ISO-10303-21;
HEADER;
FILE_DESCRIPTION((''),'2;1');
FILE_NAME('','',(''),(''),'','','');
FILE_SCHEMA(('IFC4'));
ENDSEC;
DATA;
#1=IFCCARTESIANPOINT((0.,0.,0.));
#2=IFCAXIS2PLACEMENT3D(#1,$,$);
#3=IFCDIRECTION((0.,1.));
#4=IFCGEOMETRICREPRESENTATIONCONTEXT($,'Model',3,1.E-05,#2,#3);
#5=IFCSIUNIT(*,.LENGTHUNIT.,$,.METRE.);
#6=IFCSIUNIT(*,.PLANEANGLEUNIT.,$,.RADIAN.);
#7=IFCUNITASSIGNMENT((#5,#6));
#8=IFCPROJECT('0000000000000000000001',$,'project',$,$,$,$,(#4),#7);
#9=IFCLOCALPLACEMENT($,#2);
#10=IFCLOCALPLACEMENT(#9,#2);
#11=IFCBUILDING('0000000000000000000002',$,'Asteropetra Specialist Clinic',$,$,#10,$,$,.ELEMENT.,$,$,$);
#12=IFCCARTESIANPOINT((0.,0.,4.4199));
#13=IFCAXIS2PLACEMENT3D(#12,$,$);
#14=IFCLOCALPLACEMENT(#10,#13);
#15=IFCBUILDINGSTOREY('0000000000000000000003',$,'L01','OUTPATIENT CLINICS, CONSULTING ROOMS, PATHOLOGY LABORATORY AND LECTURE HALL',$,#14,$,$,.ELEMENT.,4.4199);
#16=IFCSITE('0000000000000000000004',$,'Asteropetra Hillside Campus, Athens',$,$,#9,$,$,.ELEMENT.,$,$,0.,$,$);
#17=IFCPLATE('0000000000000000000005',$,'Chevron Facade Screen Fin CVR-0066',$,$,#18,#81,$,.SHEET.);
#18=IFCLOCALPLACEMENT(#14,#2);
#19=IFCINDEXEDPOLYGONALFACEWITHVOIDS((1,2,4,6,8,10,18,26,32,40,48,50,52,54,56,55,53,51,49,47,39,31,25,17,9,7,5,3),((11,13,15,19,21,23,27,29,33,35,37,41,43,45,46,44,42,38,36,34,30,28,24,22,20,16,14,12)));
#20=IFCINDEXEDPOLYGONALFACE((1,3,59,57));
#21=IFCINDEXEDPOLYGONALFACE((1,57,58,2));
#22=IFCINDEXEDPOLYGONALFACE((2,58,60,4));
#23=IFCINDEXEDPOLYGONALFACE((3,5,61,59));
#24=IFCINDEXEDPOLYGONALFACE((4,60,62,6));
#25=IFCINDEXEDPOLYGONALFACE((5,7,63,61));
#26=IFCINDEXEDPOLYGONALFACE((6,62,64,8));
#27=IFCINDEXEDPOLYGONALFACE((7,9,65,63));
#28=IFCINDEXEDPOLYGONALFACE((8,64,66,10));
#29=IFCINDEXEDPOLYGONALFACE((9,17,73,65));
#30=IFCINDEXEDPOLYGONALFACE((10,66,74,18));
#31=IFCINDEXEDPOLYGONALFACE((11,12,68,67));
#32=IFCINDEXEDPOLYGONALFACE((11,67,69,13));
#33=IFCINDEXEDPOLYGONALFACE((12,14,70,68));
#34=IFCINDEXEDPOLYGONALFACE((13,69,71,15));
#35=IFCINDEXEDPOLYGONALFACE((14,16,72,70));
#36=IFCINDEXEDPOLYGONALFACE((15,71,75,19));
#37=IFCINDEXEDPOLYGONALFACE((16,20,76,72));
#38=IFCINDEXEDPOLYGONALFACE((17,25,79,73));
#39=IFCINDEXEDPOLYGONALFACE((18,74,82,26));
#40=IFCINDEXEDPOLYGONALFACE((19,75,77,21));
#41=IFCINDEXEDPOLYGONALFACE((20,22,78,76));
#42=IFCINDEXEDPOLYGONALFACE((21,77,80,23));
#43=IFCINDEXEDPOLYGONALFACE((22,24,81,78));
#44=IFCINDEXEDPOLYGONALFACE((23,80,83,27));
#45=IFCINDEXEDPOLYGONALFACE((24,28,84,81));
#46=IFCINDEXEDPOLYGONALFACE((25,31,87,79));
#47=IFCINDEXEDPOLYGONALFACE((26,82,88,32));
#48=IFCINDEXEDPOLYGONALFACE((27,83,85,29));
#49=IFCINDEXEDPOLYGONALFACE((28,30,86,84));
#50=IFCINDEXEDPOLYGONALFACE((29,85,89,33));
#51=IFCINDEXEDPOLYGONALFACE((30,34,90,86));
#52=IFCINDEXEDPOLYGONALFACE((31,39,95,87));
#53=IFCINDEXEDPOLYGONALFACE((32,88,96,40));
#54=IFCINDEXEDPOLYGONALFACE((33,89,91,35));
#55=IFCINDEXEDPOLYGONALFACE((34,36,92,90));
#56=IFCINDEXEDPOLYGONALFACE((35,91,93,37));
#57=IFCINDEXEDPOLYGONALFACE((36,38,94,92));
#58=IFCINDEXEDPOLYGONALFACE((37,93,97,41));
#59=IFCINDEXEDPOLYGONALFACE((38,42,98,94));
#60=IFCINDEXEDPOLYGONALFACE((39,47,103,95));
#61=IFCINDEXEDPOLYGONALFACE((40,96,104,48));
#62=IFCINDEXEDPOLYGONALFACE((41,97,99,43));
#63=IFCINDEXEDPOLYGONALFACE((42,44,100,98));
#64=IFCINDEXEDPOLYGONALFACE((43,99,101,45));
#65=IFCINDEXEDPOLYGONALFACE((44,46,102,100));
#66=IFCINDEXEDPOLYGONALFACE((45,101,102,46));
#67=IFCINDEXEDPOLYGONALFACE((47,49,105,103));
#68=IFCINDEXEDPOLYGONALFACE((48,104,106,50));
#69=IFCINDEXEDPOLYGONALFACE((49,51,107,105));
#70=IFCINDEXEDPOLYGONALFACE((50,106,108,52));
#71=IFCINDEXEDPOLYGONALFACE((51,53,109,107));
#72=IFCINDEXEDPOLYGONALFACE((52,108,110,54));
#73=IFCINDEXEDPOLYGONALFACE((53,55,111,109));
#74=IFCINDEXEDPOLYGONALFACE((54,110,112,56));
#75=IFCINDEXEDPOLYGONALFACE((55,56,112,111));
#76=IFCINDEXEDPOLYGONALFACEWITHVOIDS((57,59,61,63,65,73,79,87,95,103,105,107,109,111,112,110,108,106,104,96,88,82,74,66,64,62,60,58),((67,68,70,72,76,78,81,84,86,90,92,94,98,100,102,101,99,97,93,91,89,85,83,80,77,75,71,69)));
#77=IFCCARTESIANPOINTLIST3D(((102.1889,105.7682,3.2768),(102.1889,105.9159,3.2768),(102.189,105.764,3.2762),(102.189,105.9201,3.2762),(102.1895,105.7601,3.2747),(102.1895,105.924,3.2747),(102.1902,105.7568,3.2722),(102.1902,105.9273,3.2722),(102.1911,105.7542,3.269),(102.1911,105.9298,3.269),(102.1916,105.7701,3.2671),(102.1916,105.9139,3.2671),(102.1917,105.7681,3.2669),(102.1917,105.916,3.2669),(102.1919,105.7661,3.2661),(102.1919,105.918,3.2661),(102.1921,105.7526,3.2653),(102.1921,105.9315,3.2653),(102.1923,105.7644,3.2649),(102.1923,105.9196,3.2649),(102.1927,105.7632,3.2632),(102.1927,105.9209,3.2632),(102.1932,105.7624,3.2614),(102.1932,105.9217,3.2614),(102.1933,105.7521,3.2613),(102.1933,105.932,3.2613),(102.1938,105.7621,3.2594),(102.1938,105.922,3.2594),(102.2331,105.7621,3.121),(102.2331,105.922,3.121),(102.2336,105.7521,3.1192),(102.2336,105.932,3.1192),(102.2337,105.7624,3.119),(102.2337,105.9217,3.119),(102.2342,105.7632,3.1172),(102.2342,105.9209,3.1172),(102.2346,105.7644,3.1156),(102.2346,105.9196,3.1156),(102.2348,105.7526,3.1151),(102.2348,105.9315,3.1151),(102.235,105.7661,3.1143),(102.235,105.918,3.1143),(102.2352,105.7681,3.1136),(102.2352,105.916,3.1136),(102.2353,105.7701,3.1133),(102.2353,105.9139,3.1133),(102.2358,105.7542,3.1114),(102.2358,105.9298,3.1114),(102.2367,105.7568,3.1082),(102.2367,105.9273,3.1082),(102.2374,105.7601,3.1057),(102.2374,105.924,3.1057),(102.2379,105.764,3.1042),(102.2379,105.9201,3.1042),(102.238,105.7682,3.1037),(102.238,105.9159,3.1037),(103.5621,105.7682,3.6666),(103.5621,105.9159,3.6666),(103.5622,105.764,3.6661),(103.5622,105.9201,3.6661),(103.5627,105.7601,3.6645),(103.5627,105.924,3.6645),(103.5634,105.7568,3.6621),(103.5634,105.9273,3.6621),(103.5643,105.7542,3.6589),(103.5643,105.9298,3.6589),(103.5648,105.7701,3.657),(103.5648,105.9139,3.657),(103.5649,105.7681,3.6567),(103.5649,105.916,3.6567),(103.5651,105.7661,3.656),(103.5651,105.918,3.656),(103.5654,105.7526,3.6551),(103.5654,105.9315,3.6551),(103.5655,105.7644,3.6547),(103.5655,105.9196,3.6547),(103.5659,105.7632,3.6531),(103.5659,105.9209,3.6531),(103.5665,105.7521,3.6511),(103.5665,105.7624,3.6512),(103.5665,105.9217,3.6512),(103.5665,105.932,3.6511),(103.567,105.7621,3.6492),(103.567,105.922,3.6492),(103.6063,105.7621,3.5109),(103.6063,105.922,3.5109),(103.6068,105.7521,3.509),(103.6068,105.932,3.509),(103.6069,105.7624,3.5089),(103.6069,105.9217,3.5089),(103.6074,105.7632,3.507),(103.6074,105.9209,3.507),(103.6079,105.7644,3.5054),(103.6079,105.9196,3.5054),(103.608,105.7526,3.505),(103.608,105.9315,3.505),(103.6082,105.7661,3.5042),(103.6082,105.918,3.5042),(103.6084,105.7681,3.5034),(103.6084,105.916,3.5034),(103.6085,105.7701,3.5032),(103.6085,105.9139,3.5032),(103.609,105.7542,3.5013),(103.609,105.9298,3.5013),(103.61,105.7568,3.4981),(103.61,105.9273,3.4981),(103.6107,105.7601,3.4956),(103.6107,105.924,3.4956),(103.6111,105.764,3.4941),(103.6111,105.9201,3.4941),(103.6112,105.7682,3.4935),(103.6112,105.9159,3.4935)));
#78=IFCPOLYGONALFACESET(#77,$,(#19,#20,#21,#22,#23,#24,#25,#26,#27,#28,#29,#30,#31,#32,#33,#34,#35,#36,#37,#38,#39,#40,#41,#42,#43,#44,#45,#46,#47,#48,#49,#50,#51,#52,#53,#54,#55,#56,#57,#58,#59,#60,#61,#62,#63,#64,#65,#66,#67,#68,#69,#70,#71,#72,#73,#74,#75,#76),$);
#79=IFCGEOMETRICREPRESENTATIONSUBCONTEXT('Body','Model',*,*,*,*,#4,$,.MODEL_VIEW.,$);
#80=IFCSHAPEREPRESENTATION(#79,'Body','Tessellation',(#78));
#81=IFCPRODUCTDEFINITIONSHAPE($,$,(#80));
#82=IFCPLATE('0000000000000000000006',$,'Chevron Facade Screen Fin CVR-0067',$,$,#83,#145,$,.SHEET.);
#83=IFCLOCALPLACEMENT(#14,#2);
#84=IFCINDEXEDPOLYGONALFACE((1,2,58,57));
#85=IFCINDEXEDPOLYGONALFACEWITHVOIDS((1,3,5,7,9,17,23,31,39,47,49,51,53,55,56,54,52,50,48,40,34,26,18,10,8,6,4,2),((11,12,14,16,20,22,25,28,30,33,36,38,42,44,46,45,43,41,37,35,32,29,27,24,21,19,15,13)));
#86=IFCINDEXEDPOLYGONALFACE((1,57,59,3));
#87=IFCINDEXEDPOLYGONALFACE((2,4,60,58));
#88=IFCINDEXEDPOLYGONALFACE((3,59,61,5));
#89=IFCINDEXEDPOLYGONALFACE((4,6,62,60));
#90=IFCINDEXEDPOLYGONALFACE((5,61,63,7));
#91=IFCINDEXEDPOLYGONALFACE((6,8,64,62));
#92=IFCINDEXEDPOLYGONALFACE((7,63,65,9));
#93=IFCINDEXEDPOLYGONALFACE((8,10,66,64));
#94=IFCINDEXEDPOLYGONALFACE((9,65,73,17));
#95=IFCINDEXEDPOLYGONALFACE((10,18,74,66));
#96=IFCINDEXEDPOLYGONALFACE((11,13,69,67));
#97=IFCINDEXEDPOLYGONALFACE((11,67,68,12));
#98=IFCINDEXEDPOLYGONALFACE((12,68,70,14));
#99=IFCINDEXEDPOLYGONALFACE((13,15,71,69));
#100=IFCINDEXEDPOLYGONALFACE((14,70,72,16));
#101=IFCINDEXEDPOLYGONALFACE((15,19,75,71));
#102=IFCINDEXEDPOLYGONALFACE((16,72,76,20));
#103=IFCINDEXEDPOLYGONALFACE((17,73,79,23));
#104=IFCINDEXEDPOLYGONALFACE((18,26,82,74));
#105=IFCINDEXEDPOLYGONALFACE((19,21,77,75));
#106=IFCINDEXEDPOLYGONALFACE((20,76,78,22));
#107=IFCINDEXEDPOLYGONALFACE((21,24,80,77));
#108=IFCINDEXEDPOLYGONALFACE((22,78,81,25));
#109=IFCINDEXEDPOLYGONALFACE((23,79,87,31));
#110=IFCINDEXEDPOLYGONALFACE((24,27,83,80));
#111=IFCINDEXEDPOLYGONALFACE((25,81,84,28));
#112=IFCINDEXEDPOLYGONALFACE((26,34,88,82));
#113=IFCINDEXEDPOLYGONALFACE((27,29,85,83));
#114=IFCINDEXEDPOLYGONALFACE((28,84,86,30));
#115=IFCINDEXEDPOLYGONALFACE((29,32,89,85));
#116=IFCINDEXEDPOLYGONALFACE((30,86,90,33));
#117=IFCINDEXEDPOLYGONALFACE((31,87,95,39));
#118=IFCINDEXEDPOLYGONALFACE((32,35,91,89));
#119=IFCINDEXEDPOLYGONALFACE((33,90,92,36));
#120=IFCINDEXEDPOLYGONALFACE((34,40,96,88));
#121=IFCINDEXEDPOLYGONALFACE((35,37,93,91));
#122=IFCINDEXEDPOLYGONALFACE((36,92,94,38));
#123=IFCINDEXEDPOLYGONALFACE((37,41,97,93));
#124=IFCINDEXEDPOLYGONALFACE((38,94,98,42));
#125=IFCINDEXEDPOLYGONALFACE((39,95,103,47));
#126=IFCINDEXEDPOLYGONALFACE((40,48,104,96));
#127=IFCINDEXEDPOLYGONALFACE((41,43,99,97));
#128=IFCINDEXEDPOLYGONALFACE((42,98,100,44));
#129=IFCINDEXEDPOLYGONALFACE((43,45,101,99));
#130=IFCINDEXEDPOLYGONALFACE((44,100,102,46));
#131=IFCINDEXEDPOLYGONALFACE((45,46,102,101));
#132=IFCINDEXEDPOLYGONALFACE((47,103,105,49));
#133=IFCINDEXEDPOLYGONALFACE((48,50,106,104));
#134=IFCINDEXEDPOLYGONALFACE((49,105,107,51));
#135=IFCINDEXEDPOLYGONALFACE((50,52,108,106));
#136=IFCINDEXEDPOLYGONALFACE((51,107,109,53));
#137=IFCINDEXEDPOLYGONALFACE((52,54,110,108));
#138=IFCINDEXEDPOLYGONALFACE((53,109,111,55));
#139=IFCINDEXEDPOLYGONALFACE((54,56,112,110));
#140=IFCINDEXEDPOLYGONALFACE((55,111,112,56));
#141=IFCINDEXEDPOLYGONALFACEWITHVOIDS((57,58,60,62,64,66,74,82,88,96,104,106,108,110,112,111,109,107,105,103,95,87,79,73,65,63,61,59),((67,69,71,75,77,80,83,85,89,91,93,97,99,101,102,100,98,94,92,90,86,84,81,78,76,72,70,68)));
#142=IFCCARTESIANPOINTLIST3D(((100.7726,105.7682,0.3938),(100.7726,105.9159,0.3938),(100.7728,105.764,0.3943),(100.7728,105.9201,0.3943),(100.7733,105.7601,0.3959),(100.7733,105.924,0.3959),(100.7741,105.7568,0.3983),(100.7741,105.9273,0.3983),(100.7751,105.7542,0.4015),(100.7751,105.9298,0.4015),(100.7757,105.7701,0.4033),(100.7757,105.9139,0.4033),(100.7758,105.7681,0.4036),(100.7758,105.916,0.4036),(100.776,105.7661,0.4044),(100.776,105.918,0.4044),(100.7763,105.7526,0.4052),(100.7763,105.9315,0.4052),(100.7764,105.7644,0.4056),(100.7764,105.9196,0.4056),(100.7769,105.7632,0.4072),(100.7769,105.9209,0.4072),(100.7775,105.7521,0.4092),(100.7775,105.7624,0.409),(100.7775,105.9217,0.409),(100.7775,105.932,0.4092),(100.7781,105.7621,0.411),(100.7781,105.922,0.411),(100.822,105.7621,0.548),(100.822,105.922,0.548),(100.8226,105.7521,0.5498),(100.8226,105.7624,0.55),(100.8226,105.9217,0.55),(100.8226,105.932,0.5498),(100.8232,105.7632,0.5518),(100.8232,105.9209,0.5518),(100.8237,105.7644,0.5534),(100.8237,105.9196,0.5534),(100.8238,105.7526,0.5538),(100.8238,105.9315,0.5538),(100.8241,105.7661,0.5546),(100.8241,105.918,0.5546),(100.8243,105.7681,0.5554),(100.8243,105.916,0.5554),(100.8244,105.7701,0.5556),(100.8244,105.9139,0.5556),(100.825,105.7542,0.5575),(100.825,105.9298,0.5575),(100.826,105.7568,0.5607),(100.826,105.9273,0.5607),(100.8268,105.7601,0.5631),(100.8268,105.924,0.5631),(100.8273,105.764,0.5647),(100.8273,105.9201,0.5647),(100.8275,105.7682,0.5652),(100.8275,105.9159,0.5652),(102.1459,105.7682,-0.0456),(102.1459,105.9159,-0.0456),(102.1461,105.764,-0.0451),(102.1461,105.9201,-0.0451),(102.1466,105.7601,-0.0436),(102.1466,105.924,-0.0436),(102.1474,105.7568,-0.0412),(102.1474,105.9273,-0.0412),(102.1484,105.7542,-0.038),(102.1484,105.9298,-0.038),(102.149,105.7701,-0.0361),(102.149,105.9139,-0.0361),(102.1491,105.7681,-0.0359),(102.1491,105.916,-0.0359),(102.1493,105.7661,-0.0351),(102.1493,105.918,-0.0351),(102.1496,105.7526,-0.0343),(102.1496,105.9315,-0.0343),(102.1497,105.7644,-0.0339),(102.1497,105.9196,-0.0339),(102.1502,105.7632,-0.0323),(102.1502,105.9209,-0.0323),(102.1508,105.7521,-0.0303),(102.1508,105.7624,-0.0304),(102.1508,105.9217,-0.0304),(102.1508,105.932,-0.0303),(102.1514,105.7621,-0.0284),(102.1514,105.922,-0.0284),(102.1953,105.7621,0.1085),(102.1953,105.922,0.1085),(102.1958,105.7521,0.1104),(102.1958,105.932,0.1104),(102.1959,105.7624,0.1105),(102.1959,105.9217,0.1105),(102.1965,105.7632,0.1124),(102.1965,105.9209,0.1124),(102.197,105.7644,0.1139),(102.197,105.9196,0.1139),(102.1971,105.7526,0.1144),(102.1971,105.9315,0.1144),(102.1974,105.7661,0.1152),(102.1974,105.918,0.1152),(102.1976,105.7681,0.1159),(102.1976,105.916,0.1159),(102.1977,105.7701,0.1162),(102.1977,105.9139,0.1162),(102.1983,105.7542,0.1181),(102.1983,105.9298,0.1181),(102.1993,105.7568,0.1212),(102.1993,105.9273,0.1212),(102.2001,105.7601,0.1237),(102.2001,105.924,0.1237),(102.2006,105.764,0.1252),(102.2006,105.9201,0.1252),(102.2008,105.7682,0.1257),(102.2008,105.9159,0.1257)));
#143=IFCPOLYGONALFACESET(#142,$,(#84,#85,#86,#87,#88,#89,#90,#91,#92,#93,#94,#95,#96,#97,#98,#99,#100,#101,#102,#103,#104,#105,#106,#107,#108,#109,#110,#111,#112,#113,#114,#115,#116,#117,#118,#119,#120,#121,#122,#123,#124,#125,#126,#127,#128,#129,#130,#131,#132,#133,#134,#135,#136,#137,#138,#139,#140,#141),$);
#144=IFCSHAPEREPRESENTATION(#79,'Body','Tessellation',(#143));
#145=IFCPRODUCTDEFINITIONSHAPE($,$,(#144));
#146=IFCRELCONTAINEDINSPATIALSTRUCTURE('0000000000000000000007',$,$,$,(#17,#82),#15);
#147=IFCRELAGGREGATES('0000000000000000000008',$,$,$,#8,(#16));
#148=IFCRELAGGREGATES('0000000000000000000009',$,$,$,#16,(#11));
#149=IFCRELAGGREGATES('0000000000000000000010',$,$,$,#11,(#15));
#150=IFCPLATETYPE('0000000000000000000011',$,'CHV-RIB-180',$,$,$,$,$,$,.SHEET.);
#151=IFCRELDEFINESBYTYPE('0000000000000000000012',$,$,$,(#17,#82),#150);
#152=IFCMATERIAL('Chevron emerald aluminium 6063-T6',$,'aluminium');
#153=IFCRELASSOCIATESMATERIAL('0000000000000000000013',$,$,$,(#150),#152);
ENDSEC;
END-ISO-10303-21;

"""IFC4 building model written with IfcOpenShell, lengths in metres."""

from ifc_helpers import new_model, si_unit, direction, frame, origin, origin_2d, place, context, subcontext, project, spatial, hollow_rectangle, extrude, material, material_profile, profile_set, type_object, element, save


model = new_model("IFC4")

# Units and contexts
model_context = context("Model", 3, precision=1e-05, world=origin(), true_north=direction((0.0, 1.0)))
body_context = subcontext(model_context, "Body", "Model", "MODEL_VIEW")
ifc_project = project(units=[si_unit("LENGTHUNIT", "METRE"), si_unit("PLANEANGLEUNIT", "RADIAN")], contexts=[model_context])

# Site, building, storey
site_placement = place(None, origin())
site = spatial("IfcSite", under=ifc_project, at=site_placement, Name="Asteropetra Hillside Campus, Athens", CompositionType="ELEMENT", RefElevation=0.0)
building_placement = place(site_placement, origin())
building = spatial("IfcBuilding", under=site, at=building_placement, Name="Asteropetra Specialist Clinic", CompositionType="ELEMENT")
storey_placement = place(building_placement, frame((0.0, 0.0, 4.4199)))
storey = spatial("IfcBuildingStorey", under=building, at=storey_placement, Name="L01", Description="OUTPATIENT CLINICS, CONSULTING ROOMS, PATHOLOGY LABORATORY AND LECTURE HALL", CompositionType="ELEMENT", Elevation=4.4199)

# Plates
ifc_material_1 = material(Name="Chevron emerald aluminium 6063-T6", Category="aluminium")
ifc_material_profile_1 = material_profile(ifc_material_1, hollow_rectangle(XDim=0.1799, YDim=0.1799, WallThickness=0.01, InnerFilletRadius=0.0081, OuterFilletRadius=0.0161, at=origin_2d()), Name="SHS 180x180x10.0")
ifc_profile_set_1 = profile_set([ifc_material_profile_1], Name="Chevron emerald aluminium 6063-T6")
plate_type = type_object("IfcPlateType", Name="CHV-RIB-180", PredefinedType="SHEET", material=ifc_profile_set_1)
plate_1_placement = place(storey_placement, frame((103.5867, 105.842, 3.5801), z_axis=(-0.961981, 0.0, -0.273117), x_axis=(0.0, -1.0, 0.0)))
element("IfcPlate", 1, at=plate_1_placement, inside=storey, type_object=plate_type, Name="Chevron Facade Screen Fin CVR-0066", PredefinedType="SHEET", context=body_context, shape_type="SweptSolid", body=[
    extrude(hollow_rectangle(XDim=0.1799, YDim=0.1799, WallThickness=0.01, InnerFilletRadius=0.0081, OuterFilletRadius=0.0161, at=origin_2d()), origin(), (0.0, 0.0, 1.0), 1.4275),
])
for number, where, z_axis, x_axis, name in (
    (2, (102.1733, 105.842, 0.04), (-0.952424, 0.0, 0.304776), (0.0, -1.0, 0.0), "Chevron Facade Screen Fin CVR-0067"),
):
    element("IfcPlate", number, at=place(storey_placement, frame(where, z_axis=z_axis, x_axis=x_axis)), inside=storey, type_object=plate_type, Name=name, PredefinedType="SHEET", context=body_context, shape_type="SweptSolid", body=[
        extrude(hollow_rectangle(XDim=0.1799, YDim=0.1799, WallThickness=0.01, InnerFilletRadius=0.0081, OuterFilletRadius=0.0161, at=origin_2d()), origin(), (0.0, 0.0, 1.0), 1.4419),
    ])

save(model, "model.ifc")
